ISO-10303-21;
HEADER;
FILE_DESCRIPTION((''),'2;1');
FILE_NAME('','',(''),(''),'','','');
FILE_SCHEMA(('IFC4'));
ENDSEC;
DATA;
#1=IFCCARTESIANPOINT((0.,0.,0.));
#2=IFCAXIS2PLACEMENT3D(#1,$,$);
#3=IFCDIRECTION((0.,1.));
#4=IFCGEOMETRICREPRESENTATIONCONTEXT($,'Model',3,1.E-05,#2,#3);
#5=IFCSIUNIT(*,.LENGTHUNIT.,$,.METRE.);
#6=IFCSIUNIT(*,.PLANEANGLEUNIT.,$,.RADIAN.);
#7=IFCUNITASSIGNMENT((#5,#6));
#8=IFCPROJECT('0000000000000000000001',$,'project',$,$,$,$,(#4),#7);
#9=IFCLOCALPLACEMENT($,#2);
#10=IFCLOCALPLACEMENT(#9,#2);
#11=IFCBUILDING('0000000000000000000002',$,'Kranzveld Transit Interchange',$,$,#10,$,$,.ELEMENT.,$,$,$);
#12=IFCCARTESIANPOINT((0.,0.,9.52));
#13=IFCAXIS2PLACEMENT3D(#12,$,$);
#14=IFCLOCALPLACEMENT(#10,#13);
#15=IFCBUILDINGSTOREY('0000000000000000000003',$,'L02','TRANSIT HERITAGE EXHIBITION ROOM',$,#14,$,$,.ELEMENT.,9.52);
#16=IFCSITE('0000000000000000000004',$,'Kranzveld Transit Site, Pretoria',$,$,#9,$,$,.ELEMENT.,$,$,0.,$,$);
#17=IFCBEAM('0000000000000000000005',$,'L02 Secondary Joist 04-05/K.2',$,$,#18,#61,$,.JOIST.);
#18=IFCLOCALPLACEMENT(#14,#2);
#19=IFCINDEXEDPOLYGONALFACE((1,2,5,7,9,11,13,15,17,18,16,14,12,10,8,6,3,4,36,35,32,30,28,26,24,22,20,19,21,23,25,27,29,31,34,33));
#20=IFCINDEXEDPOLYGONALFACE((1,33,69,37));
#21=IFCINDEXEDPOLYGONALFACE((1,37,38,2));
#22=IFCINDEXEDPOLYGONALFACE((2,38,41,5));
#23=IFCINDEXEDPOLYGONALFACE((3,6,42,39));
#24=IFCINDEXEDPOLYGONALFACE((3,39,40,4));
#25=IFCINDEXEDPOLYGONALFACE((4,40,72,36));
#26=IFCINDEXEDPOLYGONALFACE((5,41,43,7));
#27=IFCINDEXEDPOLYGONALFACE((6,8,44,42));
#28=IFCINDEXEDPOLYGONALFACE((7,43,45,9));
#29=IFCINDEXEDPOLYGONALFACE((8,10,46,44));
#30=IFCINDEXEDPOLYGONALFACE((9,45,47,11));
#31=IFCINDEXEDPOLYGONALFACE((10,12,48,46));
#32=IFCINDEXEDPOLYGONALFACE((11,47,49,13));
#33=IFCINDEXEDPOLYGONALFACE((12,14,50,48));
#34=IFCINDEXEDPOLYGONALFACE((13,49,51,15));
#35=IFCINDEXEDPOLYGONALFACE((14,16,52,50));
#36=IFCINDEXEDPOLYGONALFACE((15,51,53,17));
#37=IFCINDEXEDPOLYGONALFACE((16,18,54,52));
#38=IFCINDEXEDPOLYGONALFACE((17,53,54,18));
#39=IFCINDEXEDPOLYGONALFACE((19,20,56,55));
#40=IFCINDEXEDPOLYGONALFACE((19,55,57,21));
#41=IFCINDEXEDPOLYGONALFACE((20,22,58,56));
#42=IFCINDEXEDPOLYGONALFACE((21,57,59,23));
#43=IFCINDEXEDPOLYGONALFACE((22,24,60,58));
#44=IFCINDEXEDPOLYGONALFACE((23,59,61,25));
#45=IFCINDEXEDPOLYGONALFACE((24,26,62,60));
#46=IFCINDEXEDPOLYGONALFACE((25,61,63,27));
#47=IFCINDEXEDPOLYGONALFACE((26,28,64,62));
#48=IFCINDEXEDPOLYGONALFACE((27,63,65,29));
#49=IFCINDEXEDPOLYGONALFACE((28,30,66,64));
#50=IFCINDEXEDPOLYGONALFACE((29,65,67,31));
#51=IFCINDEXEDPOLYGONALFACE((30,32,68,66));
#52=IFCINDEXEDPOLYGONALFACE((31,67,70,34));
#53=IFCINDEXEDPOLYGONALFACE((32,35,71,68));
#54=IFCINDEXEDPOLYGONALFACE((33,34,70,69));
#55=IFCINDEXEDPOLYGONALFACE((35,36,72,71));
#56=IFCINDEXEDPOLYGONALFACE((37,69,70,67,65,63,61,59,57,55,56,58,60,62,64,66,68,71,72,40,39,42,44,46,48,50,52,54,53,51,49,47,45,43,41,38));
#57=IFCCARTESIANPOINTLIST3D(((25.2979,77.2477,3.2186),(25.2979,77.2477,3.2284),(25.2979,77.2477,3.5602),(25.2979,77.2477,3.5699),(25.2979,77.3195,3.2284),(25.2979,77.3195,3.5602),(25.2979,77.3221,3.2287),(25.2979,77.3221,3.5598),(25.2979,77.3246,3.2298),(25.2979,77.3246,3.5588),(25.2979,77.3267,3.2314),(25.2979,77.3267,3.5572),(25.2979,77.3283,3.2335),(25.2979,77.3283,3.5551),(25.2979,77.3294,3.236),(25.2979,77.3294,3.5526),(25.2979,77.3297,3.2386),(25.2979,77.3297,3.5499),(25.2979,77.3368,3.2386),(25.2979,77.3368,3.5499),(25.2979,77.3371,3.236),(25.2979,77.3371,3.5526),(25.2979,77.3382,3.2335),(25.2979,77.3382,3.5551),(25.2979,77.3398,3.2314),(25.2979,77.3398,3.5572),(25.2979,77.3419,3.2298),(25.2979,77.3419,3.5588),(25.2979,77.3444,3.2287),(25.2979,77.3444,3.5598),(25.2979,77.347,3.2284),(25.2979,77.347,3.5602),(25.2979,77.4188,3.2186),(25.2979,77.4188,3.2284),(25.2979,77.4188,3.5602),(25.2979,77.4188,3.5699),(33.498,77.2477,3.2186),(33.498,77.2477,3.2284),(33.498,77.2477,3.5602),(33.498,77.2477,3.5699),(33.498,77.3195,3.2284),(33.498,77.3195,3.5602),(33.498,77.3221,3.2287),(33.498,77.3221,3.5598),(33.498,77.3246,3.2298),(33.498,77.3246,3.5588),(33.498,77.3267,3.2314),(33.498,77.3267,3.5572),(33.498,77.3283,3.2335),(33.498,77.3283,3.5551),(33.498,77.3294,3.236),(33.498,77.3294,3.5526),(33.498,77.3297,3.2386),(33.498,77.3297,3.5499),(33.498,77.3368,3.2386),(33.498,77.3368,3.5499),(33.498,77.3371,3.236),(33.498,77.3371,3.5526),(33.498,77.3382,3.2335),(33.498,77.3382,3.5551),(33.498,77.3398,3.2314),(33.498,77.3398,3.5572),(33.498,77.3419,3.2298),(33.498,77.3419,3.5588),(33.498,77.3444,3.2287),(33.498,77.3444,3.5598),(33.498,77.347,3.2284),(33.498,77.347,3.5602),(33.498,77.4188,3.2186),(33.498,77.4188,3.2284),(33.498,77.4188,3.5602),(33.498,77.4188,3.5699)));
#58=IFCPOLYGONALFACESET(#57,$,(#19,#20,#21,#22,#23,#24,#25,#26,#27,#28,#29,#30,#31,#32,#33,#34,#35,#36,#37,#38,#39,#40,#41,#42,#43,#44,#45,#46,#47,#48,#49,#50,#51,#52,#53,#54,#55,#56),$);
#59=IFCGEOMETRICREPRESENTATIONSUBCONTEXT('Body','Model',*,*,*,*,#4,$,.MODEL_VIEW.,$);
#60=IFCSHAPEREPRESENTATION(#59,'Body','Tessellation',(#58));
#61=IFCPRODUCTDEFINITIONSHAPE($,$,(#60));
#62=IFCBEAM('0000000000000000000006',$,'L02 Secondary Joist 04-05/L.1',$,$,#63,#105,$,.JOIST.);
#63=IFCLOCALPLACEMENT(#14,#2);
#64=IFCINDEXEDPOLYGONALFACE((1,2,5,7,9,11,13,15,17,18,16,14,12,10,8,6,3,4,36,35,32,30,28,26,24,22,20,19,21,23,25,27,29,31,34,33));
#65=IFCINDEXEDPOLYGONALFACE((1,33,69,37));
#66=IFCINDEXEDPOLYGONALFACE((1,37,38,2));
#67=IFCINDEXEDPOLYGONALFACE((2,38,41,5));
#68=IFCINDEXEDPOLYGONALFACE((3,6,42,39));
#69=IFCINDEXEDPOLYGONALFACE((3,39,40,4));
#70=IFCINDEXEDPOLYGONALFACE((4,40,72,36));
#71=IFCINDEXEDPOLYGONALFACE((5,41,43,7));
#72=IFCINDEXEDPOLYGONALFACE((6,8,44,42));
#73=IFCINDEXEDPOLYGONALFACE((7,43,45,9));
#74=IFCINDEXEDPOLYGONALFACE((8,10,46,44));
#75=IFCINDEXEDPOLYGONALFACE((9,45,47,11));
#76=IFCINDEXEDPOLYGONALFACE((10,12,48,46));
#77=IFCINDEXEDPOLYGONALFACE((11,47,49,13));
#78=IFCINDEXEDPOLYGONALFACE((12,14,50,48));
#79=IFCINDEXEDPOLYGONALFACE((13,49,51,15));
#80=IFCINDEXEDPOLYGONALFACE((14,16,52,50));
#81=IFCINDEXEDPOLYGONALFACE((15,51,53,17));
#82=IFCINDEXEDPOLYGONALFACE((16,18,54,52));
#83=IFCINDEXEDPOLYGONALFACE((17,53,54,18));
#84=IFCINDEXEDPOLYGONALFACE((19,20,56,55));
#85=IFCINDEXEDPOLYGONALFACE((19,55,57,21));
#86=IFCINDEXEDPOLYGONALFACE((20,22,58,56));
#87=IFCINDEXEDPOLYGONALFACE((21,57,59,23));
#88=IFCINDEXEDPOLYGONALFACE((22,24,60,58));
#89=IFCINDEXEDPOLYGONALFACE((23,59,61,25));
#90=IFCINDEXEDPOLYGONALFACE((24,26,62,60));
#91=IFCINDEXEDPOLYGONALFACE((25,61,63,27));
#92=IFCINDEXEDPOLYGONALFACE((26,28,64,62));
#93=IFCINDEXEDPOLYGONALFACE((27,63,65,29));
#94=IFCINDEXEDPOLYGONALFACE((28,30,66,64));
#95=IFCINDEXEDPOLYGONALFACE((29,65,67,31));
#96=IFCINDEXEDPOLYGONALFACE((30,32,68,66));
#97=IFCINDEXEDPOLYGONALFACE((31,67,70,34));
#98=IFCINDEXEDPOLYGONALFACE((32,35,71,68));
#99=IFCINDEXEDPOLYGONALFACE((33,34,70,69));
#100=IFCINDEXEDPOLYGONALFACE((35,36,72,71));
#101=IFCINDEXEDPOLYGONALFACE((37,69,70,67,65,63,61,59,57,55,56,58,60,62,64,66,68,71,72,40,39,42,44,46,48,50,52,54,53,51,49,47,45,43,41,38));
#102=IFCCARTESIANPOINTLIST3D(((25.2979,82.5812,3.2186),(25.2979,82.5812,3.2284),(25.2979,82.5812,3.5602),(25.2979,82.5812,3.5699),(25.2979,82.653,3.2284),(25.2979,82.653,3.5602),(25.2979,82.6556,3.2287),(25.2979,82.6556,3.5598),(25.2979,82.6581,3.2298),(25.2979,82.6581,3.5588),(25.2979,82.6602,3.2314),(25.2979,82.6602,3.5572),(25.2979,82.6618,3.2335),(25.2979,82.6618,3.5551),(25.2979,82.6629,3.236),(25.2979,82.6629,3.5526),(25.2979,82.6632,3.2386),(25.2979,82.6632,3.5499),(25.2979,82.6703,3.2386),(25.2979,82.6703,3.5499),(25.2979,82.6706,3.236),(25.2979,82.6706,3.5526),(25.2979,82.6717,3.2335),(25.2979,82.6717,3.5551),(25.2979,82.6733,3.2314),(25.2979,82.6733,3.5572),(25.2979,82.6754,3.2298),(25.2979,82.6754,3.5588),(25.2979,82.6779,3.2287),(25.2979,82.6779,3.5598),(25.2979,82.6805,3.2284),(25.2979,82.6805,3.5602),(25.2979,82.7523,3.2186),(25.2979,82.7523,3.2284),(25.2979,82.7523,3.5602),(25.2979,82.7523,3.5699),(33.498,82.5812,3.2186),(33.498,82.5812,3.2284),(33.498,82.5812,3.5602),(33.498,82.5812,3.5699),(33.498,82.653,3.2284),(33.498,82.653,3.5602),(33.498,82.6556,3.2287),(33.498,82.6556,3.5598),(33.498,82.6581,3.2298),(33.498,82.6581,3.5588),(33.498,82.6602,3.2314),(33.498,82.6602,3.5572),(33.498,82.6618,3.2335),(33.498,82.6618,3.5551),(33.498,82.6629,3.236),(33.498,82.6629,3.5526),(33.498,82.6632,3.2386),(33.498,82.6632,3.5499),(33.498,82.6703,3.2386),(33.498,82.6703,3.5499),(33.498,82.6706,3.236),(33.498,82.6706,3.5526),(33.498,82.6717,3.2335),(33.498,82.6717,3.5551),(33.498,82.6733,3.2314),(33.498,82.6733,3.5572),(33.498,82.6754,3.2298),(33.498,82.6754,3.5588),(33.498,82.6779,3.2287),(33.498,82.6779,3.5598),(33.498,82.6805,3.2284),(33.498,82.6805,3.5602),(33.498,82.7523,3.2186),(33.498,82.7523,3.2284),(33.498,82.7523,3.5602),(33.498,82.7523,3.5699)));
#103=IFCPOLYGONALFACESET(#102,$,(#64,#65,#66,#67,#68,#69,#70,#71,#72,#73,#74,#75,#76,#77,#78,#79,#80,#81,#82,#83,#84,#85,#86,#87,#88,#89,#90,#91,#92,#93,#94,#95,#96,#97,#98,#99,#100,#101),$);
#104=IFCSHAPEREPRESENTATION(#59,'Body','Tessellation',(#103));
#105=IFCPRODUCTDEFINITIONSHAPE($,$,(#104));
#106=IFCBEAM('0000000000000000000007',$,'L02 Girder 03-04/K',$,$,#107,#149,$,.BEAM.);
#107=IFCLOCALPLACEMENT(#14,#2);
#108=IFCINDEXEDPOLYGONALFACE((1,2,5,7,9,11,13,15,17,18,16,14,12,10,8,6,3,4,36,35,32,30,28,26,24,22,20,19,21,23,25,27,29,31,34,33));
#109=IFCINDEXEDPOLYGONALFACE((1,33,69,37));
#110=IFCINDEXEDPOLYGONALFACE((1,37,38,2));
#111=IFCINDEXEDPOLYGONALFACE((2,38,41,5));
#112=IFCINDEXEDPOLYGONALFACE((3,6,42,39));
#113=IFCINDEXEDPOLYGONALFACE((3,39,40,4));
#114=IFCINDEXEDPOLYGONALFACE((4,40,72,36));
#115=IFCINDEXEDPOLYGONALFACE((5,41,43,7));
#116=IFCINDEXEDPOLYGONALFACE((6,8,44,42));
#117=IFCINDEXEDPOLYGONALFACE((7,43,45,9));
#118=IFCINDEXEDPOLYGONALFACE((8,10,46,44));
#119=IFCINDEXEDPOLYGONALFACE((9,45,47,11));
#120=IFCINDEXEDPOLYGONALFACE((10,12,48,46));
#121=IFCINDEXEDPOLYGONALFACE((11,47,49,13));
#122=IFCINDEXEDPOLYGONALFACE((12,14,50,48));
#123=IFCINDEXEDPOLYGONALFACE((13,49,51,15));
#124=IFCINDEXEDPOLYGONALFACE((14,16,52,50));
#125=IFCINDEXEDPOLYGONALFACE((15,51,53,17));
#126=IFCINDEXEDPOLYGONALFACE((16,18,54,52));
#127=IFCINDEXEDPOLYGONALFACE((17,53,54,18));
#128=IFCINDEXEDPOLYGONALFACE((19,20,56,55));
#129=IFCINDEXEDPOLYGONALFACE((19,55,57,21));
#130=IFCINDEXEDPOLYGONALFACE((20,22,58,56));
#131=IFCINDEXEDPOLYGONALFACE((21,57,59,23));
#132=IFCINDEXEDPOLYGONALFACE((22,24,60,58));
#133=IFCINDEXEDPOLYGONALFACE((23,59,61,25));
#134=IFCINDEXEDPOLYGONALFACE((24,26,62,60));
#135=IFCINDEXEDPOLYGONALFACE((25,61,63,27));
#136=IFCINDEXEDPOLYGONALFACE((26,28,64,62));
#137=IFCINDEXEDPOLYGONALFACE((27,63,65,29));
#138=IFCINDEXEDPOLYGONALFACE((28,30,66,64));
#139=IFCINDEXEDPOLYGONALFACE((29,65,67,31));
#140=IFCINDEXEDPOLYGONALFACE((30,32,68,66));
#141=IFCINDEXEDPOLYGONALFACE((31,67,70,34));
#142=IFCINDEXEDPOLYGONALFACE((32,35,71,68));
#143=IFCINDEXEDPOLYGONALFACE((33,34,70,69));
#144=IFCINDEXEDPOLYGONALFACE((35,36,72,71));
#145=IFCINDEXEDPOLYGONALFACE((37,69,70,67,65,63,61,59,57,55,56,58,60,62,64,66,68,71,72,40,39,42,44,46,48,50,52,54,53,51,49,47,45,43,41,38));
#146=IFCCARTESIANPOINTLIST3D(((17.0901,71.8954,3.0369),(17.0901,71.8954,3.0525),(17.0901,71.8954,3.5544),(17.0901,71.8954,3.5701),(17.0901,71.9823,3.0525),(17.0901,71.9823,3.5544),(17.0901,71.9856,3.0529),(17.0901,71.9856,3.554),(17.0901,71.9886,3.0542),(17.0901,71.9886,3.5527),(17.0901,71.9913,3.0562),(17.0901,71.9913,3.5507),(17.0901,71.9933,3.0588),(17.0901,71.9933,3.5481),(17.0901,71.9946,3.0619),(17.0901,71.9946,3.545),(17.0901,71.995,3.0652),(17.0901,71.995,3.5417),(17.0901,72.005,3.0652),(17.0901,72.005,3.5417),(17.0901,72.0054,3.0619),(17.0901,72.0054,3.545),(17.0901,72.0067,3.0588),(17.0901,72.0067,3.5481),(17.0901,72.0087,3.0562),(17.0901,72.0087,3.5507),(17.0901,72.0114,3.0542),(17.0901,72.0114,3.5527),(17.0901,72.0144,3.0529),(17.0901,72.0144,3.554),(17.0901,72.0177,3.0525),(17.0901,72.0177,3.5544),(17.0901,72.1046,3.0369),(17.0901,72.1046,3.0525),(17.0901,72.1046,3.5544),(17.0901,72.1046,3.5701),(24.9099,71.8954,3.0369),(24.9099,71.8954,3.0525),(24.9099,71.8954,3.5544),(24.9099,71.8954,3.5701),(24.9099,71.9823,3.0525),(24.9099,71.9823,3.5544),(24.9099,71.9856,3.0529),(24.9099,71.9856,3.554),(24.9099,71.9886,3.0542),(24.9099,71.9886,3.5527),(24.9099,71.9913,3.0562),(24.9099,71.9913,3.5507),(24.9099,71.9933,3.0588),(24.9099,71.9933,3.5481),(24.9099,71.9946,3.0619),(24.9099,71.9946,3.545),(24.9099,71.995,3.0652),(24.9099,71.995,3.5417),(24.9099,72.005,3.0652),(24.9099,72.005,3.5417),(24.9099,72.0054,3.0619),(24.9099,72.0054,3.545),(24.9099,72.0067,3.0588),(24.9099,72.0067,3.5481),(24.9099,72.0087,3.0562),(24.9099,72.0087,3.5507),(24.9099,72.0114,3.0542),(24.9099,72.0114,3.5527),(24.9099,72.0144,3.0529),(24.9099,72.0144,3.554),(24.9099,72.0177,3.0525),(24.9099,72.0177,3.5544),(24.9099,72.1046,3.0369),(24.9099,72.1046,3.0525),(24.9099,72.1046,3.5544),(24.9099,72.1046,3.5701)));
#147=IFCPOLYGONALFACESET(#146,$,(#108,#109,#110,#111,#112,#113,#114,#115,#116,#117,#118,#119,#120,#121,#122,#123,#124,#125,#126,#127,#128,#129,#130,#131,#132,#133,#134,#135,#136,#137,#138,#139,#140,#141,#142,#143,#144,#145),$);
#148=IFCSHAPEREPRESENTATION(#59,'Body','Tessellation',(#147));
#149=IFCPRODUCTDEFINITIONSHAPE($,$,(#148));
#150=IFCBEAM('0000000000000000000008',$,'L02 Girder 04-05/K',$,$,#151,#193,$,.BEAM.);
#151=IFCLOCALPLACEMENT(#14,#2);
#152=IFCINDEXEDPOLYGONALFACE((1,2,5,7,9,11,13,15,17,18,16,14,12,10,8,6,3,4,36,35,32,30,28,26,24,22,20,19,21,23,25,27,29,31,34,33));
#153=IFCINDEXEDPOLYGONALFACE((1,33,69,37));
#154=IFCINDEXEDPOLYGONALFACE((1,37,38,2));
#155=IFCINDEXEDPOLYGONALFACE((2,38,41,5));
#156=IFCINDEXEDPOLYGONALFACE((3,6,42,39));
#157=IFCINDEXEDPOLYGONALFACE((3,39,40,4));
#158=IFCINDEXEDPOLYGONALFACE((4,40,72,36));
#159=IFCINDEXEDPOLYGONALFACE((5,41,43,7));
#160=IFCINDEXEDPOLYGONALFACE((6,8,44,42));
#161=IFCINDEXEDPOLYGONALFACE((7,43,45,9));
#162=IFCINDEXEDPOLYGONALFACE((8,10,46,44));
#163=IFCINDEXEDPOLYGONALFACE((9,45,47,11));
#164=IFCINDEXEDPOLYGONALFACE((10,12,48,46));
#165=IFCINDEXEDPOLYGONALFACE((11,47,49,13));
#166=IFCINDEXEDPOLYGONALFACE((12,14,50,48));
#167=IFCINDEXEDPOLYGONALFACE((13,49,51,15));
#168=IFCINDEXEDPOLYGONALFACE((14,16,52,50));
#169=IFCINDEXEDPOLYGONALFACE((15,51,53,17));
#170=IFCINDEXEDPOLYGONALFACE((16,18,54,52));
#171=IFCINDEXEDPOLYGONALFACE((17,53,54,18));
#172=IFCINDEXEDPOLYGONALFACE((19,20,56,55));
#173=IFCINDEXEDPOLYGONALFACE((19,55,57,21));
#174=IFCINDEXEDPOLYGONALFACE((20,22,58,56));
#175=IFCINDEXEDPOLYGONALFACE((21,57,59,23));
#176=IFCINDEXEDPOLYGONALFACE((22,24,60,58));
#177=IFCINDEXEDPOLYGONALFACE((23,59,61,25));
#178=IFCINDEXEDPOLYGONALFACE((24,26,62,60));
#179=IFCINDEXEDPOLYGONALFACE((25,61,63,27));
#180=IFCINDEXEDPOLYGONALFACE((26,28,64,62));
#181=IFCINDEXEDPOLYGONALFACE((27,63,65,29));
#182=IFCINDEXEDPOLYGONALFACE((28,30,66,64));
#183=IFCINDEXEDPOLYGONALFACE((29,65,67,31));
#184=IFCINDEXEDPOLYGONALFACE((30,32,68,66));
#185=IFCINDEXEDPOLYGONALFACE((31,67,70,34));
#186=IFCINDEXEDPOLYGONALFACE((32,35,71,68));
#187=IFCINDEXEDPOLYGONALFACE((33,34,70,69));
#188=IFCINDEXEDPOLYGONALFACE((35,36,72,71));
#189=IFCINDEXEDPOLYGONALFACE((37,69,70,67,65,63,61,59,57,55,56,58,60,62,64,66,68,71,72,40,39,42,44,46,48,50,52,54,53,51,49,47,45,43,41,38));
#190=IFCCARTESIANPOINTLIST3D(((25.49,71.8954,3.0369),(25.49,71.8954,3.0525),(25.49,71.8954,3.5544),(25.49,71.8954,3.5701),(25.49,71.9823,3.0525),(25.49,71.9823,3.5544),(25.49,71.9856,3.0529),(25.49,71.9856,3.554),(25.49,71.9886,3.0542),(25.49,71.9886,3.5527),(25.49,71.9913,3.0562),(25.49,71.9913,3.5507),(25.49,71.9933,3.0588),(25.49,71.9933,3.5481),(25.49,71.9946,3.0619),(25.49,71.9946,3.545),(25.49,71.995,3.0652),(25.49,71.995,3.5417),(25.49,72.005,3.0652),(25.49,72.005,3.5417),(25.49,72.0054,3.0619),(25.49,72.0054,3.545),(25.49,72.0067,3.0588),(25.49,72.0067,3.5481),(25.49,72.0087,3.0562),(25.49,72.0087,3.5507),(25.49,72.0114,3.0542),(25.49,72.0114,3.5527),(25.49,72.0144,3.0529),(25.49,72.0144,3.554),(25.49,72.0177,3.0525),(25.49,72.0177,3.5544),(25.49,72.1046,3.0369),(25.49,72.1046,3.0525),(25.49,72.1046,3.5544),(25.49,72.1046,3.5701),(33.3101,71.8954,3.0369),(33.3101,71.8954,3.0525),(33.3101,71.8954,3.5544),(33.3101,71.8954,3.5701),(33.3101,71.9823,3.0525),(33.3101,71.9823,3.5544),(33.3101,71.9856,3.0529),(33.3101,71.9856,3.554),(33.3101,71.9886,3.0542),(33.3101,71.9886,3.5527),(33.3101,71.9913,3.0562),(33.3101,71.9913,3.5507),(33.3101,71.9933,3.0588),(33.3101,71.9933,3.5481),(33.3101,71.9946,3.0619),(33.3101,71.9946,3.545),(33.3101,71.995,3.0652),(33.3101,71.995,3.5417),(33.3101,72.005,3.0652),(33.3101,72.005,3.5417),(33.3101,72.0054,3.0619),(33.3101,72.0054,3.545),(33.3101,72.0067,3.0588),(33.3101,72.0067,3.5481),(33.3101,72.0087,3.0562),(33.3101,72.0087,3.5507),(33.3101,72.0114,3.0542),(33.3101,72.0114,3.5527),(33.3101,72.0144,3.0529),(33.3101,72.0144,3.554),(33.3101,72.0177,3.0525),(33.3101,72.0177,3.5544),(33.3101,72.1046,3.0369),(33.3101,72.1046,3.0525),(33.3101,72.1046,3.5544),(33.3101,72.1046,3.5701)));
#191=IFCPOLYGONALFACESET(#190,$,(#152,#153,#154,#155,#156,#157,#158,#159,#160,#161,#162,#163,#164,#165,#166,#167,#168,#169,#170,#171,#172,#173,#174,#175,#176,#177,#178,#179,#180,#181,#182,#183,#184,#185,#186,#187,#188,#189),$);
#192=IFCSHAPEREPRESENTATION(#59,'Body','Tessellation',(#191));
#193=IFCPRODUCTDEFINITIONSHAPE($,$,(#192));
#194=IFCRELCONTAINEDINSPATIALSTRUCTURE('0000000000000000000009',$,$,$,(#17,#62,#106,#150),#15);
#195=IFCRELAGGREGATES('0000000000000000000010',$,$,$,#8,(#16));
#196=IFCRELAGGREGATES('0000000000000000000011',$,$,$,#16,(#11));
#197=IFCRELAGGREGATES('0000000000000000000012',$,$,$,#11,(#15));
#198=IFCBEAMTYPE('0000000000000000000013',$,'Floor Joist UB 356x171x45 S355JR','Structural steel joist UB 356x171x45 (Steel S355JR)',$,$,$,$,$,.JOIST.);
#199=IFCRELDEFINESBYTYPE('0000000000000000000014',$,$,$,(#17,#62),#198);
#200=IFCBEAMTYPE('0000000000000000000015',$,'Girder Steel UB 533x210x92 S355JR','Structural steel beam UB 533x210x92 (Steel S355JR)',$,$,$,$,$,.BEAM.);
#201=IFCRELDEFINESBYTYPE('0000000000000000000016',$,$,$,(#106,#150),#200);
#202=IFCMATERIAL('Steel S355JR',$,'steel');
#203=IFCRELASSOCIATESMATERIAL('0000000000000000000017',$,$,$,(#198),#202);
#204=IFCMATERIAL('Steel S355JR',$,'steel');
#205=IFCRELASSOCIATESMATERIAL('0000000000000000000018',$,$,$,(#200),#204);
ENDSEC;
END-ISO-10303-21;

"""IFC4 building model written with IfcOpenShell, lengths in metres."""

from ifc_helpers import new_model, si_unit, direction, frame, origin, origin_2d, place, context, subcontext, project, spatial, i_section, extrude, material, material_profile, profile_set, type_object, element, save


model = new_model("IFC4")

# Units and contexts
model_context = context("Model", 3, precision=1e-05, world=origin(), true_north=direction((0.0, 1.0)))
body_context = subcontext(model_context, "Body", "Model", "MODEL_VIEW")
ifc_project = project(units=[si_unit("LENGTHUNIT", "METRE"), si_unit("PLANEANGLEUNIT", "RADIAN")], contexts=[model_context])

# Site, building, storey
site_placement = place(None, origin())
site = spatial("IfcSite", under=ifc_project, at=site_placement, Name="Kranzveld Transit Site, Pretoria", CompositionType="ELEMENT", RefElevation=0.0)
building_placement = place(site_placement, origin())
building = spatial("IfcBuilding", under=site, at=building_placement, Name="Kranzveld Transit Interchange", CompositionType="ELEMENT")
storey_placement = place(building_placement, frame((0.0, 0.0, 9.52)))
storey = spatial("IfcBuildingStorey", under=building, at=storey_placement, Name="L02", Description="TRANSIT HERITAGE EXHIBITION ROOM", CompositionType="ELEMENT", Elevation=9.52)

# Beams
ifc_material_1 = material(Name="Steel S355JR", Category="steel")
ifc_material_profile_1 = material_profile(ifc_material_1, i_section(OverallWidth=0.1711, OverallDepth=0.3513, WebThickness=0.0071, FlangeThickness=0.0098, FilletRadius=0.0103, at=origin_2d()), Name="UB 356x171x45")
ifc_profile_set_1 = profile_set([ifc_material_profile_1], Name="Steel S355JR")
beam_type_1 = type_object("IfcBeamType", Name="Floor Joist UB 356x171x45 S355JR", Description="Structural steel joist UB 356x171x45 (Steel S355JR)", PredefinedType="JOIST", material=ifc_profile_set_1)
for number, where, z_axis, x_axis, name in (
    (1, (25.2979, 77.3333, 3.3943), (1.0, 0.0, 0.0), (0.0, 1.0, 0.0), "L02 Secondary Joist 04-05/K.2"),
    (2, (25.2979, 82.6667, 3.3943), (1.0, 0.0, 0.0), (0.0, 1.0, 0.0), "L02 Secondary Joist 04-05/L.1"),
):
    element("IfcBeam", number, at=place(storey_placement, frame(where, z_axis=z_axis, x_axis=x_axis)), inside=storey, type_object=beam_type_1, Name=name, PredefinedType="JOIST", context=body_context, shape_type="SweptSolid", body=[
        extrude(i_section(OverallWidth=0.1711, OverallDepth=0.3513, WebThickness=0.0071, FlangeThickness=0.0098, FilletRadius=0.0103, at=origin_2d()), origin(), (0.0, 0.0, 1.0), 8.2002),
    ])
ifc_material_2 = material(Name="Steel S355JR", Category="steel")
ifc_material_profile_2 = material_profile(ifc_material_2, i_section(OverallWidth=0.2092, OverallDepth=0.5332, WebThickness=0.01, FlangeThickness=0.0156, FilletRadius=0.0127, at=origin_2d()), Name="UB 533x210x92")
ifc_profile_set_2 = profile_set([ifc_material_profile_2], Name="Steel S355JR")
beam_type_2 = type_object("IfcBeamType", Name="Girder Steel UB 533x210x92 S355JR", Description="Structural steel beam UB 533x210x92 (Steel S355JR)", PredefinedType="BEAM", material=ifc_profile_set_2)
beam_1_placement = place(storey_placement, frame((17.0901, 72.0, 3.3035), z_axis=(1.0, 0.0, 0.0), x_axis=(0.0, 1.0, 0.0)))
element("IfcBeam", 3, at=beam_1_placement, inside=storey, type_object=beam_type_2, Name="L02 Girder 03-04/K", PredefinedType="BEAM", context=body_context, shape_type="SweptSolid", body=[
    extrude(i_section(OverallWidth=0.2092, OverallDepth=0.5332, WebThickness=0.01, FlangeThickness=0.0156, FilletRadius=0.0127, at=origin_2d()), origin(), (0.0, 0.0, 1.0), 7.8198),
])
for number, where, z_axis, x_axis, name in (
    (4, (25.49, 72.0, 3.3035), (1.0, 0.0, 0.0), (0.0, 1.0, 0.0), "L02 Girder 04-05/K"),
):
    element("IfcBeam", number, at=place(storey_placement, frame(where, z_axis=z_axis, x_axis=x_axis)), inside=storey, type_object=beam_type_2, Name=name, PredefinedType="BEAM", context=body_context, shape_type="SweptSolid", body=[
        extrude(i_section(OverallWidth=0.2092, OverallDepth=0.5332, WebThickness=0.01, FlangeThickness=0.0156, FilletRadius=0.0127, at=origin_2d()), origin(), (0.0, 0.0, 1.0), 7.8201),
    ])

save(model, "model.ifc")
